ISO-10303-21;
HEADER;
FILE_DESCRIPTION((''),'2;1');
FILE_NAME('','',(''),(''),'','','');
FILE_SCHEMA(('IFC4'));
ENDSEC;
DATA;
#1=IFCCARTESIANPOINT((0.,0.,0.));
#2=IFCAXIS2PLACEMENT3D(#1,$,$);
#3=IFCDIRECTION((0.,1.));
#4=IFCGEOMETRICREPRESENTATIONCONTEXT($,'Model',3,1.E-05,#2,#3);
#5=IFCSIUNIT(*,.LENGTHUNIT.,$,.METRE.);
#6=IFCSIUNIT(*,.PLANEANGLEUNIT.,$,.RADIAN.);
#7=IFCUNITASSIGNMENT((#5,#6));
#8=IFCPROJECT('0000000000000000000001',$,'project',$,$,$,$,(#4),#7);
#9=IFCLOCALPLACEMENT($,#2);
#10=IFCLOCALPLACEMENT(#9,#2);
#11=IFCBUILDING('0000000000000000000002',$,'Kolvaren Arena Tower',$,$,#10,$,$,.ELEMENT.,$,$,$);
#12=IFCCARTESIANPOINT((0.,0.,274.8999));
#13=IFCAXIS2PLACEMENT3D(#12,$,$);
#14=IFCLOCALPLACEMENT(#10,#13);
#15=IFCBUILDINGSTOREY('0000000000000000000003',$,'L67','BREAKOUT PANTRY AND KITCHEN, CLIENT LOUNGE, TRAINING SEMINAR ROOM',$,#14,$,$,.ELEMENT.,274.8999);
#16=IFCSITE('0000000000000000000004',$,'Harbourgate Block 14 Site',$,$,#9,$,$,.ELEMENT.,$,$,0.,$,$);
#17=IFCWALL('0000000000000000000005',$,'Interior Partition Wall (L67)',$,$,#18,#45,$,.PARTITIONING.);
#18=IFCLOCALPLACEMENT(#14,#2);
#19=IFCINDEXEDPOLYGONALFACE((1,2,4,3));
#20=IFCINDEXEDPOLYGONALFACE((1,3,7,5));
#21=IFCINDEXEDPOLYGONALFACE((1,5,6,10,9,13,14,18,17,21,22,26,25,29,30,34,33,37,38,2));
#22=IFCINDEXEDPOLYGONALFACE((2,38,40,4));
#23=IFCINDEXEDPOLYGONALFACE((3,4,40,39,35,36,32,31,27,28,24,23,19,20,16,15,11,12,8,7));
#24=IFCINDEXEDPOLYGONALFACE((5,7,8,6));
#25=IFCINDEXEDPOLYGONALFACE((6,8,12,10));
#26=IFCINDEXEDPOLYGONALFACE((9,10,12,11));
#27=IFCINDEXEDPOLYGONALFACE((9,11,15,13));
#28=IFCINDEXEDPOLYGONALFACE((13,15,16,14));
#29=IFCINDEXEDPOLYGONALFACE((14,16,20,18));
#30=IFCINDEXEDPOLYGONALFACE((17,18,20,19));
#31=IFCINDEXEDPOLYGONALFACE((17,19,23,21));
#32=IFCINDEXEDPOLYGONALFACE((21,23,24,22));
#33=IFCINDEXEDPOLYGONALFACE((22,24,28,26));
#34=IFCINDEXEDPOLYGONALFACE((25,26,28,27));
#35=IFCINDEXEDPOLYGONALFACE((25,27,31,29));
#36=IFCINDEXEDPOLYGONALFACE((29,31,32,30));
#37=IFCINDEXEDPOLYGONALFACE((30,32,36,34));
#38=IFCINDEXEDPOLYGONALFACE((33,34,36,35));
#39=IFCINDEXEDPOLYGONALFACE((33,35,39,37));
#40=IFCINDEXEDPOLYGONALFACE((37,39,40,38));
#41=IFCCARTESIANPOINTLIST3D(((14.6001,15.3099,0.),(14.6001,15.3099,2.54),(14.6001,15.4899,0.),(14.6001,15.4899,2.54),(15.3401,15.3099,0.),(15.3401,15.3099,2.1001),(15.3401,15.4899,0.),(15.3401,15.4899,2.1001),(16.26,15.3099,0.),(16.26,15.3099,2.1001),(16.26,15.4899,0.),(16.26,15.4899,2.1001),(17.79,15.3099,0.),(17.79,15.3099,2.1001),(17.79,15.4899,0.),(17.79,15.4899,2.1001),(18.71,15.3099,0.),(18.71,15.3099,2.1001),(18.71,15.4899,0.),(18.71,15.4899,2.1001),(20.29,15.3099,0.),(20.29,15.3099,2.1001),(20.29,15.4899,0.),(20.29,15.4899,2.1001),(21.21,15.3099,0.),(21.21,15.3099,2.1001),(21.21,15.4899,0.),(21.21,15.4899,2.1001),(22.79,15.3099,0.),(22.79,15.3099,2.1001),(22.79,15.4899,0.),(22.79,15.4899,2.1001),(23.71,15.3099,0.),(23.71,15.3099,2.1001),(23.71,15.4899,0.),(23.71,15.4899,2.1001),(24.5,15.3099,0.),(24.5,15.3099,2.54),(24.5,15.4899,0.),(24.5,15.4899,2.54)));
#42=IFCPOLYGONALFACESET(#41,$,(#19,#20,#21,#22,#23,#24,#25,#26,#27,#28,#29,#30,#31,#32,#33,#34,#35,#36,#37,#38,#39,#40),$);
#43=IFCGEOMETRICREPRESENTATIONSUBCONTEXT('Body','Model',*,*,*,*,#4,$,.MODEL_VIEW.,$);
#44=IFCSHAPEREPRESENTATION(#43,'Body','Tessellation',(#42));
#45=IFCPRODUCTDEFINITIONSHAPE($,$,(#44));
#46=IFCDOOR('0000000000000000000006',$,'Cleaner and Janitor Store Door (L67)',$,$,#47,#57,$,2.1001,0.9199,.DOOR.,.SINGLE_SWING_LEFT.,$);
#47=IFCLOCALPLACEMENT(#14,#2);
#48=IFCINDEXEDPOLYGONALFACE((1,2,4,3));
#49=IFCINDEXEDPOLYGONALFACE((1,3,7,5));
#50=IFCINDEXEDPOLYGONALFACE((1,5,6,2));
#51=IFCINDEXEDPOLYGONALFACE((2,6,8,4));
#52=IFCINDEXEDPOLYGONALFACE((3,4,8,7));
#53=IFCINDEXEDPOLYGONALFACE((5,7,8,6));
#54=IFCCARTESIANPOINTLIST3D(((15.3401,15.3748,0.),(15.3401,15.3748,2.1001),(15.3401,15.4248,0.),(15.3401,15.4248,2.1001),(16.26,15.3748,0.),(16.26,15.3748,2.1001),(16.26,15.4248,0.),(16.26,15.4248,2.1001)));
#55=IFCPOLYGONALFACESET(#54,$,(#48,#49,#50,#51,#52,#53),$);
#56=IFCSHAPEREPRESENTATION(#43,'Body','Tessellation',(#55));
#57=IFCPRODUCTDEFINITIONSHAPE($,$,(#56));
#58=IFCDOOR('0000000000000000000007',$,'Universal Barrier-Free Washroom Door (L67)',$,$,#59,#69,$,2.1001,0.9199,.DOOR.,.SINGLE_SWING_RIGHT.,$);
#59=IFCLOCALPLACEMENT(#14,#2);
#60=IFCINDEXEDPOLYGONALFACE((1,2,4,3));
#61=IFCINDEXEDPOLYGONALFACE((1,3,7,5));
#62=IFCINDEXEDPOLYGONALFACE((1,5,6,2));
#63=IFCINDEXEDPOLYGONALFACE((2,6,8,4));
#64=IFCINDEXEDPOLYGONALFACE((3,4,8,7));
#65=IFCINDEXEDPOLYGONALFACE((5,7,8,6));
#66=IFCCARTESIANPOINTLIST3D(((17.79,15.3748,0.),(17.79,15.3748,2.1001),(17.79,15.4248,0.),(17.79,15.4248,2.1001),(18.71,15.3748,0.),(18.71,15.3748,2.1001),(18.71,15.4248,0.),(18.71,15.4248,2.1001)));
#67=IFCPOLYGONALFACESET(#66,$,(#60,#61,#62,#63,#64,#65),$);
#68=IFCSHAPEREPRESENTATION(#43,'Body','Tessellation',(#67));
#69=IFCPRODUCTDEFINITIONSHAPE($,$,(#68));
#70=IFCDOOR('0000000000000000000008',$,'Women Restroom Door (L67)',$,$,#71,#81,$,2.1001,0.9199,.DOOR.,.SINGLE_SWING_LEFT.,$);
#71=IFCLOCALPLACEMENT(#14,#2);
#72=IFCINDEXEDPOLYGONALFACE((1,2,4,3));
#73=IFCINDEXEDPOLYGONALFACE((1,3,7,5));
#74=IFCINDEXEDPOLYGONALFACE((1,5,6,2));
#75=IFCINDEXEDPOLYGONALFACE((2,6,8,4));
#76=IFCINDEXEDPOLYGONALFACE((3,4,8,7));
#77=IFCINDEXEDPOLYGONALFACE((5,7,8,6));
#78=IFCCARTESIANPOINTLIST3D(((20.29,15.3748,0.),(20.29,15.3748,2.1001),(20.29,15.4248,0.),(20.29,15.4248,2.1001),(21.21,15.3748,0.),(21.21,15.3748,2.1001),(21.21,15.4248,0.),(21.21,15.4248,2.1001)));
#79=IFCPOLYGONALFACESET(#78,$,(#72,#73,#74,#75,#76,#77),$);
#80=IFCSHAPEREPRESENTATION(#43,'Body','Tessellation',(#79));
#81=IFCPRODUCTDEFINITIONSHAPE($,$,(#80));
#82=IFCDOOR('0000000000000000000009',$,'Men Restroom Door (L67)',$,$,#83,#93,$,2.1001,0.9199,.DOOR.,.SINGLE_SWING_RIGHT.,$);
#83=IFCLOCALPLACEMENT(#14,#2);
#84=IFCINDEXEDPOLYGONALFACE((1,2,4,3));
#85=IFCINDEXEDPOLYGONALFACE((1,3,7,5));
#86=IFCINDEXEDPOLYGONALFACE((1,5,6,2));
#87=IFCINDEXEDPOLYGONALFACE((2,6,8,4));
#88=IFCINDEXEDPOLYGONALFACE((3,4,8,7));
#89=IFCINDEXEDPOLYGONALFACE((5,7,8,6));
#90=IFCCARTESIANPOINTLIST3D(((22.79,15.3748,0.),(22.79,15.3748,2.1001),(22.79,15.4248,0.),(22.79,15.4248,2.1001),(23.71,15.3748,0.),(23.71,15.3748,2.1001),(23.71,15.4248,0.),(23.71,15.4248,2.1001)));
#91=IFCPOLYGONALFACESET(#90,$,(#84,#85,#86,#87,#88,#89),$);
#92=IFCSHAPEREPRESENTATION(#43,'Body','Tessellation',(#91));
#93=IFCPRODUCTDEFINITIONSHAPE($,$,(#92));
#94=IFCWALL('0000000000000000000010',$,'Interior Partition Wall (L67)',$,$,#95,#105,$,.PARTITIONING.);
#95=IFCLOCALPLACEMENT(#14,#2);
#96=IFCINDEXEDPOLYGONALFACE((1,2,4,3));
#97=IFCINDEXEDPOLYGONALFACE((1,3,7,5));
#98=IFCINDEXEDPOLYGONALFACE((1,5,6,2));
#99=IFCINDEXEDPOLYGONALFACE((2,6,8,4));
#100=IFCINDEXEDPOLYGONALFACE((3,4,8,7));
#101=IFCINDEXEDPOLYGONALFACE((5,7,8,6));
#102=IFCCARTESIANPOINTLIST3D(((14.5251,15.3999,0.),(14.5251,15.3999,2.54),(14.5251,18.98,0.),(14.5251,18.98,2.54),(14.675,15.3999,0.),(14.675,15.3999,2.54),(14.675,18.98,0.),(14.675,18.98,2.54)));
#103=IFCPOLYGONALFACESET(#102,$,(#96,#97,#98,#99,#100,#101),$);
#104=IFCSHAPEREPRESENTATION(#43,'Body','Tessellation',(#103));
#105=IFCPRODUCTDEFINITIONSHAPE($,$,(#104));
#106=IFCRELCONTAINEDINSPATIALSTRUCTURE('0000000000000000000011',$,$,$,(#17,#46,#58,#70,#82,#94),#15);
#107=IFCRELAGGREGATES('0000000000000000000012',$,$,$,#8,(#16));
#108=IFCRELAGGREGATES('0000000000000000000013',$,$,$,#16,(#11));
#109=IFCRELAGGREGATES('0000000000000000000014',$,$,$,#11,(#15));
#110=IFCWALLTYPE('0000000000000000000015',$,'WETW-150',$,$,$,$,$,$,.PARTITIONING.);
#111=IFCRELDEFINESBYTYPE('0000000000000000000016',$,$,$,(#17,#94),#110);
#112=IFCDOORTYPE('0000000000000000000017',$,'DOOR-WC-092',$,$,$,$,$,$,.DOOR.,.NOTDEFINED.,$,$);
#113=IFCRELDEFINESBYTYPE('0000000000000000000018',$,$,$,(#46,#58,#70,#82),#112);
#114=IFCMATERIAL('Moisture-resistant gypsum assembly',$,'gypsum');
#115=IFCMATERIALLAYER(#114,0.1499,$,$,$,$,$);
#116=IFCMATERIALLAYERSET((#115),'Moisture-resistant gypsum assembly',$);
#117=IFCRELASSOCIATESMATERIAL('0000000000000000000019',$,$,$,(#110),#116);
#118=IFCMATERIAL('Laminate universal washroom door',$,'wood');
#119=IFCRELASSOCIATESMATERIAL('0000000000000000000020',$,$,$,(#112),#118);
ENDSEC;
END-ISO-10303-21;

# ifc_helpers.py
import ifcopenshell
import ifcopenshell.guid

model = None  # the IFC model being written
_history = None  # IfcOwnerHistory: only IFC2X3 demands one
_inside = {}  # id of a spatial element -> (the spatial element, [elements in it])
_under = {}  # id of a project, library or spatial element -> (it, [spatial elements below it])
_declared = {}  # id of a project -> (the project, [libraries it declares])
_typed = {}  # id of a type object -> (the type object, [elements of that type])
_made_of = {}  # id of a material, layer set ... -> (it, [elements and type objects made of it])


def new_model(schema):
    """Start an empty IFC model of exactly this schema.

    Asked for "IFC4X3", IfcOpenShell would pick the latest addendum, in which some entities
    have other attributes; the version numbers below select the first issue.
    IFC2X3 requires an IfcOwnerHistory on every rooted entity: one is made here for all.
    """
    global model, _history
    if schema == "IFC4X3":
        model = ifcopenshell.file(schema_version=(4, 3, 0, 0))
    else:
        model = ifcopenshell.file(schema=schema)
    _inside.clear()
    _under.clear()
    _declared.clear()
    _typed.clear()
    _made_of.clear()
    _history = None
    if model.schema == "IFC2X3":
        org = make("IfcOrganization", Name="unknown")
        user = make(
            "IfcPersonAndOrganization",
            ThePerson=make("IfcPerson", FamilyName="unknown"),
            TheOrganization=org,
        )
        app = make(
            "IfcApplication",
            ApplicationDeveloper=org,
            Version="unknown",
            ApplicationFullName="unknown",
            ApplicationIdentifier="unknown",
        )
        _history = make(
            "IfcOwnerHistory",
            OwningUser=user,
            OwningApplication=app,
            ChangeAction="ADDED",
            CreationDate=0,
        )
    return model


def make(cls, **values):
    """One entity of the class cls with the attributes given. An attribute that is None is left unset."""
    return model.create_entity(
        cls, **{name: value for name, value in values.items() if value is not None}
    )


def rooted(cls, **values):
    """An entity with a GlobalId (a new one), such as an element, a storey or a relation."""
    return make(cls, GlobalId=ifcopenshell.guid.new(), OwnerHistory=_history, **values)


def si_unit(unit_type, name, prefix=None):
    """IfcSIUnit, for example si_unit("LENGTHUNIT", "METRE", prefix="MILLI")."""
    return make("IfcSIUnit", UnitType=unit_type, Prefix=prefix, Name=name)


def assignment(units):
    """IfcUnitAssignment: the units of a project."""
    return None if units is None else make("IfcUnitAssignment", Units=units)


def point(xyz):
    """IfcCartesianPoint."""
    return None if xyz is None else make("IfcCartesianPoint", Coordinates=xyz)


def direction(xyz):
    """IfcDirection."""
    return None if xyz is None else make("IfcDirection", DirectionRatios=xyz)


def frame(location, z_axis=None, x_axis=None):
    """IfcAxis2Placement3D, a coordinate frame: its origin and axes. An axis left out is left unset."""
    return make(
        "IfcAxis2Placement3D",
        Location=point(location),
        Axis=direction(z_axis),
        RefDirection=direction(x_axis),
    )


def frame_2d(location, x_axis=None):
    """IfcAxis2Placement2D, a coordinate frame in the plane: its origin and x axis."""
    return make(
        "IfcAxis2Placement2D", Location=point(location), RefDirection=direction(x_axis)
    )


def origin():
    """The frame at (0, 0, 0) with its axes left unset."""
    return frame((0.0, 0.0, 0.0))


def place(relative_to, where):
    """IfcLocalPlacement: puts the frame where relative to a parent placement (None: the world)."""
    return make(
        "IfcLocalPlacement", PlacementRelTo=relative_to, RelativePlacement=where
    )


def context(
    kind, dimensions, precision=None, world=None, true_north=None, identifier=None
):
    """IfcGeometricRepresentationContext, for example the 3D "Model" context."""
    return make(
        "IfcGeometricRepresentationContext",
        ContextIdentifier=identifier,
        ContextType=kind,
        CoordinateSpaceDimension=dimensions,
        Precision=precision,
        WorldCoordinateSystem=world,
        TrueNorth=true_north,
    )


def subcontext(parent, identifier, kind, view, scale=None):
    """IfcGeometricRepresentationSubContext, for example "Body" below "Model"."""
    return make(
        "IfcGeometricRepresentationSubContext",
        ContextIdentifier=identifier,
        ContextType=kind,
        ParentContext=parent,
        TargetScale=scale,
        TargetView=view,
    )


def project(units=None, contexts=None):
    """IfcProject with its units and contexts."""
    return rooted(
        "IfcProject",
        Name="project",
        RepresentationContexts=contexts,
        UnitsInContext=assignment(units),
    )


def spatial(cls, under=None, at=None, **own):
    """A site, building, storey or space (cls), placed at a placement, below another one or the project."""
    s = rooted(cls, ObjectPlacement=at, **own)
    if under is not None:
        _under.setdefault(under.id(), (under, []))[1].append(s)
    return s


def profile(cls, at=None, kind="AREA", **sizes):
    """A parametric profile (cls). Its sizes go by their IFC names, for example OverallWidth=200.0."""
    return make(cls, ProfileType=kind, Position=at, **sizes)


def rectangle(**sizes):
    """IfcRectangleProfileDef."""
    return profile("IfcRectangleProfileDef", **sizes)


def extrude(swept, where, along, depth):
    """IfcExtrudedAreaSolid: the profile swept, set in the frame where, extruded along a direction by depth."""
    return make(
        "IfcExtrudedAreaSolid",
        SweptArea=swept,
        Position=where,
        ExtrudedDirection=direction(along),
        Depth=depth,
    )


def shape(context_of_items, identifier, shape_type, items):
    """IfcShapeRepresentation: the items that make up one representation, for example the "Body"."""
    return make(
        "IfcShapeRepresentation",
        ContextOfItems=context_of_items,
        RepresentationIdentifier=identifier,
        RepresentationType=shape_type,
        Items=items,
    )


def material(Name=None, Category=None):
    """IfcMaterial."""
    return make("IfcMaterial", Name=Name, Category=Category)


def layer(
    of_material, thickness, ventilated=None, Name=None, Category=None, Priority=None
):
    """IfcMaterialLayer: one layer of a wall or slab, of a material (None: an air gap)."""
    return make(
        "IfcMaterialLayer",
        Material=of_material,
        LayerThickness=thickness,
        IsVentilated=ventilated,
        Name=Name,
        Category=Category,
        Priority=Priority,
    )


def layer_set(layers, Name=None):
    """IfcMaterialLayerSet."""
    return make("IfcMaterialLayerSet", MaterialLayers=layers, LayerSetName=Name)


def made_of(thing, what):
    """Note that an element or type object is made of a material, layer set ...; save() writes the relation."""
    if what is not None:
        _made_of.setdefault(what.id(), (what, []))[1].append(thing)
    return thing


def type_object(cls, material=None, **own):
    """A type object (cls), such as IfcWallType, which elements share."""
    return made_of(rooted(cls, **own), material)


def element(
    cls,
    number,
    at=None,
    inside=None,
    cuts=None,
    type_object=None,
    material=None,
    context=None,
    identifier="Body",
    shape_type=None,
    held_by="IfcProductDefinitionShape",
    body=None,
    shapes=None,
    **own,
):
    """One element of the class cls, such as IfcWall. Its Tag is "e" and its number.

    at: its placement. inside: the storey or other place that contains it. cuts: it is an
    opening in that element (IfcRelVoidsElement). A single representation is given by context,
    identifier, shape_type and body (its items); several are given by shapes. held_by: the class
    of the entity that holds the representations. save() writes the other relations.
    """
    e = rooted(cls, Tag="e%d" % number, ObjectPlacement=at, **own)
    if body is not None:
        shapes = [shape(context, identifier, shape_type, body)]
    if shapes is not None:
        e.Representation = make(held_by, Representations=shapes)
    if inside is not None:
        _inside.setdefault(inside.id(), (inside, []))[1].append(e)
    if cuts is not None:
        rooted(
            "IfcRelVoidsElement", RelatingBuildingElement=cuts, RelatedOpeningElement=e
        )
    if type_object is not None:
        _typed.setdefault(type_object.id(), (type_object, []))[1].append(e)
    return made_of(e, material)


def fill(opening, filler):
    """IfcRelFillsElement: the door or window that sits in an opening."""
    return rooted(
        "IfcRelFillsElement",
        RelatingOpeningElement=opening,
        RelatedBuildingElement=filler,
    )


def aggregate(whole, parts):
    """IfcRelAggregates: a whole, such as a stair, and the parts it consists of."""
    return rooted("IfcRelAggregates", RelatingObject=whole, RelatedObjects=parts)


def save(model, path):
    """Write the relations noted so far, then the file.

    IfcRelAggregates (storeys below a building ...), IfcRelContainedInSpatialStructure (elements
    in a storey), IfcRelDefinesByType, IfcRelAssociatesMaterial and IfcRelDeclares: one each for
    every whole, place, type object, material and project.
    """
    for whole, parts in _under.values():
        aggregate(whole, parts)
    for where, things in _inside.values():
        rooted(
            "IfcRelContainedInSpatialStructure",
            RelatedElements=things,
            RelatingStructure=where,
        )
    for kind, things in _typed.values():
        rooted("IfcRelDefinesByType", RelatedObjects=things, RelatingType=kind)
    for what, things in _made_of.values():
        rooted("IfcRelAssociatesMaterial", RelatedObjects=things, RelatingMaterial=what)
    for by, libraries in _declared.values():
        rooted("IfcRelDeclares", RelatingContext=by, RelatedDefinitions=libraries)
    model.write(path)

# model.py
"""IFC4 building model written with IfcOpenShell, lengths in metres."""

from ifc_helpers import new_model, si_unit, direction, frame, frame_2d, origin, place, context, subcontext, project, spatial, rectangle, extrude, material, layer, layer_set, type_object, element, fill, save


model = new_model("IFC4")

# Units and contexts
model_context = context("Model", 3, precision=1e-05, world=origin(), true_north=direction((0.0, 1.0)))
body_context = subcontext(model_context, "Body", "Model", "MODEL_VIEW")
ifc_project = project(units=[si_unit("LENGTHUNIT", "METRE"), si_unit("PLANEANGLEUNIT", "RADIAN")], contexts=[model_context])

# Site, building, storey
site_placement = place(None, origin())
site = spatial("IfcSite", under=ifc_project, at=site_placement, Name="Harbourgate Block 14 Site", CompositionType="ELEMENT", RefElevation=0.0)
building_placement = place(site_placement, origin())
building = spatial("IfcBuilding", under=site, at=building_placement, Name="Kolvaren Arena Tower", CompositionType="ELEMENT")
storey_placement = place(building_placement, frame((0.0, 0.0, 274.8999)))
storey = spatial("IfcBuildingStorey", under=building, at=storey_placement, Name="L67", Description="BREAKOUT PANTRY AND KITCHEN, CLIENT LOUNGE, TRAINING SEMINAR ROOM", CompositionType="ELEMENT", Elevation=274.8999)

# Wall, openings, doors
ifc_material_1 = material(Name="Moisture-resistant gypsum assembly", Category="gypsum")
ifc_layer_1 = layer(ifc_material_1, 0.1499)
ifc_layer_set_1 = layer_set([ifc_layer_1], Name="Moisture-resistant gypsum assembly")
wall_type_1 = type_object("IfcWallType", Name="WETW-150", PredefinedType="PARTITIONING", material=ifc_layer_set_1)
wall_1_placement = place(storey_placement, frame((14.6001, 15.3999, 0.0), z_axis=(0.0, 0.0, 1.0), x_axis=(1.0, 0.0, 0.0)))
wall_1 = element("IfcWall", 1, at=wall_1_placement, inside=storey, type_object=wall_type_1, Name="Interior Partition Wall (L67)", PredefinedType="PARTITIONING", context=body_context, shape_type="SweptSolid", body=[
    extrude(rectangle(XDim=9.8999, YDim=0.1799, at=frame_2d((4.95, 0.0))), origin(), (0.0, 0.0, 1.0), 2.54),
])
opening_1_placement = place(wall_1_placement, frame((0.74, 0.0, 0.0)))
opening_1 = element("IfcOpeningElement", 2, at=opening_1_placement, cuts=wall_1, PredefinedType="OPENING", context=body_context, shape_type="SweptSolid", body=[
    extrude(rectangle(XDim=0.9199, YDim=2.1001, at=frame_2d((0.46, 1.05))), frame((0.0, 0.0999, 0.0), z_axis=(0.0, -1.0, 0.0), x_axis=(1.0, 0.0, 0.0)), (0.0, 0.0, 1.0), 0.2),
])
opening_2_placement = place(wall_1_placement, frame((3.1899, 0.0, 0.0)))
opening_2 = element("IfcOpeningElement", 3, at=opening_2_placement, cuts=wall_1, PredefinedType="OPENING", context=body_context, shape_type="SweptSolid", body=[
    extrude(rectangle(XDim=0.9199, YDim=2.1001, at=frame_2d((0.46, 1.05))), frame((0.0, 0.0999, 0.0), z_axis=(0.0, -1.0, 0.0), x_axis=(1.0, 0.0, 0.0)), (0.0, 0.0, 1.0), 0.2),
])
opening_3_placement = place(wall_1_placement, frame((5.6899, 0.0, 0.0)))
opening_3 = element("IfcOpeningElement", 4, at=opening_3_placement, cuts=wall_1, PredefinedType="OPENING", context=body_context, shape_type="SweptSolid", body=[
    extrude(rectangle(XDim=0.9199, YDim=2.1001, at=frame_2d((0.46, 1.05))), frame((0.0, 0.0999, 0.0), z_axis=(0.0, -1.0, 0.0), x_axis=(1.0, 0.0, 0.0)), (0.0, 0.0, 1.0), 0.2),
])
opening_4_placement = place(wall_1_placement, frame((8.1899, 0.0, 0.0)))
opening_4 = element("IfcOpeningElement", 5, at=opening_4_placement, cuts=wall_1, PredefinedType="OPENING", context=body_context, shape_type="SweptSolid", body=[
    extrude(rectangle(XDim=0.9199, YDim=2.1001, at=frame_2d((0.46, 1.05))), frame((0.0, 0.0999, 0.0), z_axis=(0.0, -1.0, 0.0), x_axis=(1.0, 0.0, 0.0)), (0.0, 0.0, 1.0), 0.2),
])
ifc_material_2 = material(Name="Laminate universal washroom door", Category="wood")
door_type_1 = type_object("IfcDoorType", Name="DOOR-WC-092", OperationType="NOTDEFINED", PredefinedType="DOOR", material=ifc_material_2)
door_1_placement = place(opening_1_placement, origin())
door_1 = element("IfcDoor", 6, at=door_1_placement, inside=storey, type_object=door_type_1, Name="Cleaner and Janitor Store Door (L67)", OperationType="SINGLE_SWING_LEFT", OverallHeight=2.1001, OverallWidth=0.9199, PredefinedType="DOOR", context=body_context, shape_type="SweptSolid", body=[
    extrude(rectangle(XDim=0.9199, YDim=2.1001, at=frame_2d((0.46, 1.05))), frame((0.0, 0.0249, 0.0), z_axis=(0.0, -1.0, 0.0), x_axis=(1.0, 0.0, 0.0)), (0.0, 0.0, 1.0), 0.05),
])
fill(opening_1, door_1)
door_2_placement = place(opening_2_placement, origin())
door_2 = element("IfcDoor", 7, at=door_2_placement, inside=storey, type_object=door_type_1, Name="Universal Barrier-Free Washroom Door (L67)", OperationType="SINGLE_SWING_RIGHT", OverallHeight=2.1001, OverallWidth=0.9199, PredefinedType="DOOR", context=body_context, shape_type="SweptSolid", body=[
    extrude(rectangle(XDim=0.9199, YDim=2.1001, at=frame_2d((0.46, 1.05))), frame((0.0, 0.0249, 0.0), z_axis=(0.0, -1.0, 0.0), x_axis=(1.0, 0.0, 0.0)), (0.0, 0.0, 1.0), 0.05),
])
fill(opening_2, door_2)
door_3_placement = place(opening_3_placement, origin())
door_3 = element("IfcDoor", 8, at=door_3_placement, inside=storey, type_object=door_type_1, Name="Women Restroom Door (L67)", OperationType="SINGLE_SWING_LEFT", OverallHeight=2.1001, OverallWidth=0.9199, PredefinedType="DOOR", context=body_context, shape_type="SweptSolid", body=[
    extrude(rectangle(XDim=0.9199, YDim=2.1001, at=frame_2d((0.46, 1.05))), frame((0.0, 0.0249, 0.0), z_axis=(0.0, -1.0, 0.0), x_axis=(1.0, 0.0, 0.0)), (0.0, 0.0, 1.0), 0.05),
])
fill(opening_3, door_3)
door_4_placement = place(opening_4_placement, origin())
door_4 = element("IfcDoor", 9, at=door_4_placement, inside=storey, type_object=door_type_1, Name="Men Restroom Door (L67)", OperationType="SINGLE_SWING_RIGHT", OverallHeight=2.1001, OverallWidth=0.9199, PredefinedType="DOOR", context=body_context, shape_type="SweptSolid", body=[
    extrude(rectangle(XDim=0.9199, YDim=2.1001, at=frame_2d((0.46, 1.05))), frame((0.0, 0.0249, 0.0), z_axis=(0.0, -1.0, 0.0), x_axis=(1.0, 0.0, 0.0)), (0.0, 0.0, 1.0), 0.05),
])
fill(opening_4, door_4)

# Wall
wall_2_placement = place(storey_placement, frame((14.6001, 15.3999, 0.0), z_axis=(0.0, 0.0, 1.0), x_axis=(0.0, 1.0, 0.0)))
element("IfcWall", 10, at=wall_2_placement, inside=storey, type_object=wall_type_1, Name="Interior Partition Wall (L67)", PredefinedType="PARTITIONING", context=body_context, shape_type="SweptSolid", body=[
    extrude(rectangle(XDim=3.5801, YDim=0.1499, at=frame_2d((1.79, 0.0))), origin(), (0.0, 0.0, 1.0), 2.54),
])

save(model, "model.ifc")
